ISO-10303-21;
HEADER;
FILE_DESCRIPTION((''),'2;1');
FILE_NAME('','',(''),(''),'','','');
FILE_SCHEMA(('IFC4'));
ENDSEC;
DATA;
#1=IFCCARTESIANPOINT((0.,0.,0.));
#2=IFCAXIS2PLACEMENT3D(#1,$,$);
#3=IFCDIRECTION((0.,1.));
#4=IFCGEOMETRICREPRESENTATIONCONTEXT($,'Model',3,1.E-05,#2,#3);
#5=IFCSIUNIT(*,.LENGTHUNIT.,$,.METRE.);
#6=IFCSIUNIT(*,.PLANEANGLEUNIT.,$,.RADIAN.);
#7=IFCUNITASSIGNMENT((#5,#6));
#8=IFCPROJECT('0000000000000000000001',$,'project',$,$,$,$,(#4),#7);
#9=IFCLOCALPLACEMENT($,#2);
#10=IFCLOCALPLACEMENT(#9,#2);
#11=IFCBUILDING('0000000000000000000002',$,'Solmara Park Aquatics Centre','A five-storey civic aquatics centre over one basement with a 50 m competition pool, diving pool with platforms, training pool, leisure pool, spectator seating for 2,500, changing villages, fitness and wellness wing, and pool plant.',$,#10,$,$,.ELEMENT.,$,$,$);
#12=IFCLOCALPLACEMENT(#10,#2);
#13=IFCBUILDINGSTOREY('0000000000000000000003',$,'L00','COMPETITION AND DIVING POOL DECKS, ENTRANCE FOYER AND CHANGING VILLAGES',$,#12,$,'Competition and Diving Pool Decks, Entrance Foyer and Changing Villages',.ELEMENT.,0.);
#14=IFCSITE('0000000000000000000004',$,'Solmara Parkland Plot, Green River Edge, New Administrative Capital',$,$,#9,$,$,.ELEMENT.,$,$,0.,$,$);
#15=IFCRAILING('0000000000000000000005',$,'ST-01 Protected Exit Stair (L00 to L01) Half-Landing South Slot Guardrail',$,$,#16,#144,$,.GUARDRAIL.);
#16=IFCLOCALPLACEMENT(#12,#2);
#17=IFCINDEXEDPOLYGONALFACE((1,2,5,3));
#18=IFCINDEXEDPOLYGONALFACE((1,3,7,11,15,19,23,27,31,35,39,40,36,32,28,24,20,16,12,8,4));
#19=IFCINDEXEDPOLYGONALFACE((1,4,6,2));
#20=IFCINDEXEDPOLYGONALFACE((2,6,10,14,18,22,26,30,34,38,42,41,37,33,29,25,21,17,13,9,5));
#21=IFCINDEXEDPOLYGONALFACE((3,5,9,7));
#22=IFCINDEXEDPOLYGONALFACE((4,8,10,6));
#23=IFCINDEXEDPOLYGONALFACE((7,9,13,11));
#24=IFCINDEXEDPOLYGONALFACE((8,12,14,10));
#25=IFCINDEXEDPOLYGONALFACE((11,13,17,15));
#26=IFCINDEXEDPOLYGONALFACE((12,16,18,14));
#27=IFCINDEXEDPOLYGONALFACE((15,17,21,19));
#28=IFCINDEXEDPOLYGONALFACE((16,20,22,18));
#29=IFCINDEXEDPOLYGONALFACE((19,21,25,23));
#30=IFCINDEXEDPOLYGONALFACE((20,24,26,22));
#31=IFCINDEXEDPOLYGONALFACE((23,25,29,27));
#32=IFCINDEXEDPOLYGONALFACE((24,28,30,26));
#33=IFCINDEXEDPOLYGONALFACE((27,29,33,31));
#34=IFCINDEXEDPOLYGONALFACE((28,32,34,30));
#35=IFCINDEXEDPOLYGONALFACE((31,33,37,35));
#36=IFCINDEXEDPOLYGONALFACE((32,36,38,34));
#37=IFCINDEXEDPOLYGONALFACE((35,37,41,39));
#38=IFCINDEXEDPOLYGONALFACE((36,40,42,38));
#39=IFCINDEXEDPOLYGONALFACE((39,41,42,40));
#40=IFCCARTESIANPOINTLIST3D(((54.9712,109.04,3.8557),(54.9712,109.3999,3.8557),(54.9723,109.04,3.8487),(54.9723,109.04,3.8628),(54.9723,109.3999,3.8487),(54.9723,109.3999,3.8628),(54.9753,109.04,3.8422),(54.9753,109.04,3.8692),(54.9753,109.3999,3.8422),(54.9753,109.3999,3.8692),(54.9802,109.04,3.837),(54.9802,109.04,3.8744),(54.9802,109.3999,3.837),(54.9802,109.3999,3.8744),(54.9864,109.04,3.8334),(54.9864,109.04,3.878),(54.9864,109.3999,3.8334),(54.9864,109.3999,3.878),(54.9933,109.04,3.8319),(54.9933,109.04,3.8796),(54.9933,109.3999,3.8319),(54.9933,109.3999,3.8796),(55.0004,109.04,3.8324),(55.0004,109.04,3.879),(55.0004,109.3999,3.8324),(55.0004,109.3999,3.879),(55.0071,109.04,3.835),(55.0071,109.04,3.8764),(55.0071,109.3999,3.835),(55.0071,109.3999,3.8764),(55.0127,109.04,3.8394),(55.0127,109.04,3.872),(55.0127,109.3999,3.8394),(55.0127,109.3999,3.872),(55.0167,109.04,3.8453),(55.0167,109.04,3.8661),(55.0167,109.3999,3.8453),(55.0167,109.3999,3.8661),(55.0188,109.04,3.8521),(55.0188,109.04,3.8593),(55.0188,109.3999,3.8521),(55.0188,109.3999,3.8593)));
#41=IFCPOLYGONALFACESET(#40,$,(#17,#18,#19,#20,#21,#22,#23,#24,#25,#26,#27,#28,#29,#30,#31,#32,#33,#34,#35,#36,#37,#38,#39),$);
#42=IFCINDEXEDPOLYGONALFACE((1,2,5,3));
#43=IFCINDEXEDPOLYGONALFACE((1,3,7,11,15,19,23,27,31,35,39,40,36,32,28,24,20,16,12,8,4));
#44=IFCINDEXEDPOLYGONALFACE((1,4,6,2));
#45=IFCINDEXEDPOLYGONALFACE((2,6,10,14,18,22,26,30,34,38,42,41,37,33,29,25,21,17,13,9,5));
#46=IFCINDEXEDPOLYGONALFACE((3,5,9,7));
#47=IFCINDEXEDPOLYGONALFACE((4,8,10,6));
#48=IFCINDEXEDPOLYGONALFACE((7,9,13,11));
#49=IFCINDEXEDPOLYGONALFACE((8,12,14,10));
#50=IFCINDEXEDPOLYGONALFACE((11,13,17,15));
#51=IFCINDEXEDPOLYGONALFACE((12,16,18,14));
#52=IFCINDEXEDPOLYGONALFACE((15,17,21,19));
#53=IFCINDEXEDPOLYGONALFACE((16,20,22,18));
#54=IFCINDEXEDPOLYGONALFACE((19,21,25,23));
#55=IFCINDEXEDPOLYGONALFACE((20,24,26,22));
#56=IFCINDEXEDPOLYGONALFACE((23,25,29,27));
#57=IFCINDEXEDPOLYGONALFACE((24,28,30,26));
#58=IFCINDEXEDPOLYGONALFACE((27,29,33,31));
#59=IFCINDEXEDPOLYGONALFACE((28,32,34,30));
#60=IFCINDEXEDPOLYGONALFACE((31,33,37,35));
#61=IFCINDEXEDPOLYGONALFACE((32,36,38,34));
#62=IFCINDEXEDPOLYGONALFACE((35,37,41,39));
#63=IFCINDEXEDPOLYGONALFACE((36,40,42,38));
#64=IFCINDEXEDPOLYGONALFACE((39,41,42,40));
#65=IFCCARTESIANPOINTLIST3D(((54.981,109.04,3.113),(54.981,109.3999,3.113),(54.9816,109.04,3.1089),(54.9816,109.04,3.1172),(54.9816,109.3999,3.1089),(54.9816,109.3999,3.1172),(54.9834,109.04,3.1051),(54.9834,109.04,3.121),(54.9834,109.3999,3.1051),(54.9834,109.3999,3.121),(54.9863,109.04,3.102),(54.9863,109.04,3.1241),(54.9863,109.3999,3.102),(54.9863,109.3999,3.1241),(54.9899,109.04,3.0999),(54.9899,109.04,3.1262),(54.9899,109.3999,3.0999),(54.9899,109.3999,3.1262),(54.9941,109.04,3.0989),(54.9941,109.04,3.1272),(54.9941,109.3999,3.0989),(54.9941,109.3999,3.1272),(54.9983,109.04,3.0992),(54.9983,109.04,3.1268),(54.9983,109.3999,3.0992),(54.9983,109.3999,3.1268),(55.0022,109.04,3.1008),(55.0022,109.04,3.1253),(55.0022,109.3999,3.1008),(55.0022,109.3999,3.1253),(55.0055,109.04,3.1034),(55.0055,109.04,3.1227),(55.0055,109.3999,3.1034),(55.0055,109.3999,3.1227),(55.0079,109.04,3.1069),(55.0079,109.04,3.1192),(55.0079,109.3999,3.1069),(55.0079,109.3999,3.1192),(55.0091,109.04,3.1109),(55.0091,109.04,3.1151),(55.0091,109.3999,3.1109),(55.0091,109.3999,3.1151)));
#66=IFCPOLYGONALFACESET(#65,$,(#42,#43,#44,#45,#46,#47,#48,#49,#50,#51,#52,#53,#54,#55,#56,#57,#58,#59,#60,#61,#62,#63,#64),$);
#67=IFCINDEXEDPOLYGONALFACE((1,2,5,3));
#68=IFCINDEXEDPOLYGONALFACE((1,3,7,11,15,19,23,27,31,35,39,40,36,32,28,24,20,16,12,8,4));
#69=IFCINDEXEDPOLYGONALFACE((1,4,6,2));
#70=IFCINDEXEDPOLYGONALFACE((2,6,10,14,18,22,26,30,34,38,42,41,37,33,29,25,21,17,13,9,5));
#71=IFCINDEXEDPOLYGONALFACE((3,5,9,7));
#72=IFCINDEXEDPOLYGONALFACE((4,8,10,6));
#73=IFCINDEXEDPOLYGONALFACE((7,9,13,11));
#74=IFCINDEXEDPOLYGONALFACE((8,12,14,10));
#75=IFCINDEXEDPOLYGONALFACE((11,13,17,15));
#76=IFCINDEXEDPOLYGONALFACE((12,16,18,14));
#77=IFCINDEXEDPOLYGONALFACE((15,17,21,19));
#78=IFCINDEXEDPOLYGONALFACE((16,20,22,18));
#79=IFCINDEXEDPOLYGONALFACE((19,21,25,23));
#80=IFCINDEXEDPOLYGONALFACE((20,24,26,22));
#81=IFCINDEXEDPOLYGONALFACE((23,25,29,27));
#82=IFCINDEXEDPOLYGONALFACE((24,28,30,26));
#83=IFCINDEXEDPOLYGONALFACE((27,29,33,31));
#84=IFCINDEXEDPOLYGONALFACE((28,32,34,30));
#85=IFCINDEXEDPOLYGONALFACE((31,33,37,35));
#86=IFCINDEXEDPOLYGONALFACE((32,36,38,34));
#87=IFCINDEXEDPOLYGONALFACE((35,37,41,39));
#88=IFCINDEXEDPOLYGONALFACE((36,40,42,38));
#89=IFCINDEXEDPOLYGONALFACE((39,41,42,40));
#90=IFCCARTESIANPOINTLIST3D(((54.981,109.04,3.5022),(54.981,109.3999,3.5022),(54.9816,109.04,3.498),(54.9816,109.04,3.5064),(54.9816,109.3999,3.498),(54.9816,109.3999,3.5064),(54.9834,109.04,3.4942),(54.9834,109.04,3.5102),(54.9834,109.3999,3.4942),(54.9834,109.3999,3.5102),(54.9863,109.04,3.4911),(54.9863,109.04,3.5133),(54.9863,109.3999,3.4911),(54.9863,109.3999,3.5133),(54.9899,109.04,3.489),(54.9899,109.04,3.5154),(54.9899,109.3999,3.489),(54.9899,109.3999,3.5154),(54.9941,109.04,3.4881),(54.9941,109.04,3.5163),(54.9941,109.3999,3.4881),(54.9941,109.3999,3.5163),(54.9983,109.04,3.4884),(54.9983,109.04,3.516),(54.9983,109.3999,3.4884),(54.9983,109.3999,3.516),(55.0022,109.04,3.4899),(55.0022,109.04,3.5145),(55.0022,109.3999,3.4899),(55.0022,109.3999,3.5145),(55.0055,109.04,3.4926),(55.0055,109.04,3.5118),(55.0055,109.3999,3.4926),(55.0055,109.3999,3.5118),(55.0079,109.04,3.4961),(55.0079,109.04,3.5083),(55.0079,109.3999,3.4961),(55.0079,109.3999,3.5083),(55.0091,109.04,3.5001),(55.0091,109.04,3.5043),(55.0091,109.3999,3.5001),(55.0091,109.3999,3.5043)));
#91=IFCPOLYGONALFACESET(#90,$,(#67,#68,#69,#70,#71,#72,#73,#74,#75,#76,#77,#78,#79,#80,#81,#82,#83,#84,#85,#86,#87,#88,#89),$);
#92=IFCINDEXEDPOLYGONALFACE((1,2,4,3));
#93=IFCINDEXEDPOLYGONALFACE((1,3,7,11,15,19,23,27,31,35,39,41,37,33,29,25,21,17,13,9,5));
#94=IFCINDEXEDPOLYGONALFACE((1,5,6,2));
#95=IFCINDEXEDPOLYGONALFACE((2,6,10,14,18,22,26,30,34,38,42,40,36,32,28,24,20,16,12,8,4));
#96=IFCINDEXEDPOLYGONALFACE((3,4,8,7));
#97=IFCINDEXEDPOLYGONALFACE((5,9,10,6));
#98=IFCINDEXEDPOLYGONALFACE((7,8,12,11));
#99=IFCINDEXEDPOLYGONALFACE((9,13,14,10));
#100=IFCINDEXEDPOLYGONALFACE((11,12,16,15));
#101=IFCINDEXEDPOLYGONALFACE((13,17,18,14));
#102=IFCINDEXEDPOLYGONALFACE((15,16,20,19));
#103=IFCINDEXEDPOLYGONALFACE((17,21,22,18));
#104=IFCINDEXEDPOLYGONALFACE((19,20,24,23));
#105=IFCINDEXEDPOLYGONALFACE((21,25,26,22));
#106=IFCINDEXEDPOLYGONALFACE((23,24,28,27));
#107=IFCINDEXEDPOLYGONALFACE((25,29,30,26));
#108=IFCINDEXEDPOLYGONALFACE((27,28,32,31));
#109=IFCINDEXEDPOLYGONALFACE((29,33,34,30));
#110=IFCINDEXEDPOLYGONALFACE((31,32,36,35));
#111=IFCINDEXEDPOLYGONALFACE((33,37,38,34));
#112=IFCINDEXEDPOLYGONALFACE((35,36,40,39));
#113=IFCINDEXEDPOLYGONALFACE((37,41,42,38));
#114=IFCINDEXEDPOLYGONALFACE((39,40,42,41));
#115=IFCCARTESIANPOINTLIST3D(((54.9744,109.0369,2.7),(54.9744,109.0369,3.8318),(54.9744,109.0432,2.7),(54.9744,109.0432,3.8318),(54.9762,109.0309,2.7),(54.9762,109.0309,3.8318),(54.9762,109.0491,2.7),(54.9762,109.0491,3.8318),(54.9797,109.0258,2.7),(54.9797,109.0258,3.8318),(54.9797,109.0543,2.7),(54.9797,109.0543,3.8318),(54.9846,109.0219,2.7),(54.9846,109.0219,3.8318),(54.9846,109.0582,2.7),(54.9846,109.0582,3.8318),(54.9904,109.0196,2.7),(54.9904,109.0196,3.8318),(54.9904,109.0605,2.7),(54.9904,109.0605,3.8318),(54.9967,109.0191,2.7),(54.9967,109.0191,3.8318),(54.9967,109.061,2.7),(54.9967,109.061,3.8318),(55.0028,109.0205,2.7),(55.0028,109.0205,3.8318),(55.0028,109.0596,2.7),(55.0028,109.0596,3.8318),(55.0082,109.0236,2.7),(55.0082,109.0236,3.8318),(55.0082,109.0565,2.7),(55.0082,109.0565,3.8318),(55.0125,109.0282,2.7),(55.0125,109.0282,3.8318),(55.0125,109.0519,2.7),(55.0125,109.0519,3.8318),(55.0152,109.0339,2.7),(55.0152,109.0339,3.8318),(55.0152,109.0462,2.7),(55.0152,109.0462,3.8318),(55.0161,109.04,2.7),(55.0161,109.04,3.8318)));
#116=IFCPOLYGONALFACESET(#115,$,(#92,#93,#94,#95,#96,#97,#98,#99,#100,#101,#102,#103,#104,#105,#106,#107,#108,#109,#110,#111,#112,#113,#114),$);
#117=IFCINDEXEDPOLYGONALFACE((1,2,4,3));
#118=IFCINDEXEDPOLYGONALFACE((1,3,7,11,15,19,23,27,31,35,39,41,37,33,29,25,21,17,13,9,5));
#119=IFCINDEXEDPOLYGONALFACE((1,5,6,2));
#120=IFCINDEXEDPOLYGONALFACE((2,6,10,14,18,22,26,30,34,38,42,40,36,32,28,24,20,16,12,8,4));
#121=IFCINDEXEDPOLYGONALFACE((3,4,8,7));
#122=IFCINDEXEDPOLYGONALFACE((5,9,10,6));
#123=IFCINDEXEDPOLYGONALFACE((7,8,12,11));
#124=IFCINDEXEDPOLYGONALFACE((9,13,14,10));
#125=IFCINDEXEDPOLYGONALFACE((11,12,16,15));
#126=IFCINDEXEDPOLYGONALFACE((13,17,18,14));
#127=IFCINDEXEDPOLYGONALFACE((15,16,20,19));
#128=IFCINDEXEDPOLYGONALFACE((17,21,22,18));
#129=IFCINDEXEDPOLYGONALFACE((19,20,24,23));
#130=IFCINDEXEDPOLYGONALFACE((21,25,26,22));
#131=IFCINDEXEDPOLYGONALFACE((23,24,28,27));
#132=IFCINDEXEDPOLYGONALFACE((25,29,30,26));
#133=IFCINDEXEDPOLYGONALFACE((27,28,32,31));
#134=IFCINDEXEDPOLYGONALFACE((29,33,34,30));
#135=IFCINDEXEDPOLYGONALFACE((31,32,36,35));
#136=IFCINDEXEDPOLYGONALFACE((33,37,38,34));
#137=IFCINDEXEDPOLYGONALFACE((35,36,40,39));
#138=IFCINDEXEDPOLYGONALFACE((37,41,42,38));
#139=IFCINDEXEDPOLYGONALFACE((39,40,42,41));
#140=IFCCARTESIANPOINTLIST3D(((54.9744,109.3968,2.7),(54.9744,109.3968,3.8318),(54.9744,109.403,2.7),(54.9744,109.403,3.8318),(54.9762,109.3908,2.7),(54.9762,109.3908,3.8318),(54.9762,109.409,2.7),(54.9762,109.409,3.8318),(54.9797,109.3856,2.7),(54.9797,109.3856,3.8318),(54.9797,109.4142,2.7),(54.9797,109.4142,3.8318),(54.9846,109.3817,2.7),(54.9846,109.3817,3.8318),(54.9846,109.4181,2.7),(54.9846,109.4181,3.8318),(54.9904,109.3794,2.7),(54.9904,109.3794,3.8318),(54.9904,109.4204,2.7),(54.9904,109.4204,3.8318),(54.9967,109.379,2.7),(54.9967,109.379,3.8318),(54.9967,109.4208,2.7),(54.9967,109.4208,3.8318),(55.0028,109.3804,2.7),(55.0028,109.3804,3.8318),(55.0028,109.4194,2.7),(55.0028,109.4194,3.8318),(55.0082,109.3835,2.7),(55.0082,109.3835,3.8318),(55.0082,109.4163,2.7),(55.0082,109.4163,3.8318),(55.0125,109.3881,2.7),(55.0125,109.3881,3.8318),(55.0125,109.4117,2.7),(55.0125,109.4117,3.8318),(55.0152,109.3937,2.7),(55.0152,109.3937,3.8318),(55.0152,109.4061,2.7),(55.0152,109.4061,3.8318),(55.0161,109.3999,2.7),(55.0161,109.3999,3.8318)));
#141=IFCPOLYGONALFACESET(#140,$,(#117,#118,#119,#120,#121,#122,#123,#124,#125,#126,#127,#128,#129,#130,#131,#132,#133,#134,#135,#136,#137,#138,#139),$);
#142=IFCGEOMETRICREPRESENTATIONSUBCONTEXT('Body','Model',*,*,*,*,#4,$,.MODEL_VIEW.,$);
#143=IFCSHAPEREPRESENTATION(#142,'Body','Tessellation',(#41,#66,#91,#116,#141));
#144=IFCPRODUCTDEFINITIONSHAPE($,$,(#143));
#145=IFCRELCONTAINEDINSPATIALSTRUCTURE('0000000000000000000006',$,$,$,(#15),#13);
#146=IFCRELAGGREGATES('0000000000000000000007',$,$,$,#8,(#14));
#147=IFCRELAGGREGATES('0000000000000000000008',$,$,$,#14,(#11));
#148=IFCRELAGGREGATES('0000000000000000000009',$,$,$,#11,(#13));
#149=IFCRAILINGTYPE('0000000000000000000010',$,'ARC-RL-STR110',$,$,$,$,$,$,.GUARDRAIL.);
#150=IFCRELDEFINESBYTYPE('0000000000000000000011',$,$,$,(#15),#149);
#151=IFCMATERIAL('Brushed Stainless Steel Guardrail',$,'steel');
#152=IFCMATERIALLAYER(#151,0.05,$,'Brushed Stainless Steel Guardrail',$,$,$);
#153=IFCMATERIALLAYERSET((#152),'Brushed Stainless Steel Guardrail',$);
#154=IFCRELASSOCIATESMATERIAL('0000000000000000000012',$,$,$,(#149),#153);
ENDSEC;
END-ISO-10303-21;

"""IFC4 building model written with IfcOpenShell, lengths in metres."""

from ifc_helpers import new_model, si_unit, direction, frame, origin, origin_2d, place, context, subcontext, project, spatial, circle, extrude, material, layer, layer_set, type_object, element, save


model = new_model("IFC4")

# Units and contexts
model_context = context("Model", 3, precision=1e-05, world=origin(), true_north=direction((0.0, 1.0)))
body_context = subcontext(model_context, "Body", "Model", "MODEL_VIEW")
ifc_project = project(units=[si_unit("LENGTHUNIT", "METRE"), si_unit("PLANEANGLEUNIT", "RADIAN")], contexts=[model_context])

# Site, building, storey
site_placement = place(None, origin())
site = spatial("IfcSite", under=ifc_project, at=site_placement, Name="Solmara Parkland Plot, Green River Edge, New Administrative Capital", CompositionType="ELEMENT", RefElevation=0.0)
building_placement = place(site_placement, origin())
building = spatial("IfcBuilding", under=site, at=building_placement, Name="Solmara Park Aquatics Centre", Description="A five-storey civic aquatics centre over one basement with a 50 m competition pool, diving pool with platforms, training pool, leisure pool, spectator seating for 2,500, changing villages, fitness and wellness wing, and pool plant.", CompositionType="ELEMENT")
storey_placement = place(building_placement, origin())
storey = spatial("IfcBuildingStorey", under=building, at=storey_placement, Name="L00", Description="COMPETITION AND DIVING POOL DECKS, ENTRANCE FOYER AND CHANGING VILLAGES", LongName="Competition and Diving Pool Decks, Entrance Foyer and Changing Villages", CompositionType="ELEMENT", Elevation=0.0)

# Railing
ifc_material_1 = material(Name="Brushed Stainless Steel Guardrail", Category="steel")
ifc_layer_1 = layer(ifc_material_1, 0.05, Name="Brushed Stainless Steel Guardrail")
ifc_layer_set_1 = layer_set([ifc_layer_1], Name="Brushed Stainless Steel Guardrail")
railing_type_1 = type_object("IfcRailingType", Name="ARC-RL-STR110", PredefinedType="GUARDRAIL", material=ifc_layer_set_1)
railing_1_placement = place(storey_placement, frame((54.9951, 109.04, 2.7)))
element("IfcRailing", 1, at=railing_1_placement, inside=storey, type_object=railing_type_1, Name="ST-01 Protected Exit Stair (L00 to L01) Half-Landing South Slot Guardrail", PredefinedType="GUARDRAIL", context=body_context, shape_type="SweptSolid", body=[
    extrude(circle(Radius=0.0239, at=origin_2d()), frame((0.0, 0.0, 1.1558), z_axis=(0.0, 1.0, 0.0), x_axis=(-1.0, 0.0, 0.0)), (0.0, 0.0, 1.0), 0.3599),
    extrude(circle(Radius=0.0142, at=origin_2d()), frame((0.0, 0.0, 0.4131), z_axis=(0.0, 1.0, 0.0), x_axis=(-1.0, 0.0, 0.0)), (0.0, 0.0, 1.0), 0.3599),
    extrude(circle(Radius=0.0142, at=origin_2d()), frame((0.0, 0.0, 0.8022), z_axis=(0.0, 1.0, 0.0), x_axis=(-1.0, 0.0, 0.0)), (0.0, 0.0, 1.0), 0.3599),
    extrude(circle(Radius=0.021, at=origin_2d()), origin(), (0.0, 0.0, 1.0), 1.1318),
    extrude(circle(Radius=0.021, at=origin_2d()), frame((0.0, 0.3599, 0.0)), (0.0, 0.0, 1.0), 1.1318),
])

save(model, "model.ifc")
